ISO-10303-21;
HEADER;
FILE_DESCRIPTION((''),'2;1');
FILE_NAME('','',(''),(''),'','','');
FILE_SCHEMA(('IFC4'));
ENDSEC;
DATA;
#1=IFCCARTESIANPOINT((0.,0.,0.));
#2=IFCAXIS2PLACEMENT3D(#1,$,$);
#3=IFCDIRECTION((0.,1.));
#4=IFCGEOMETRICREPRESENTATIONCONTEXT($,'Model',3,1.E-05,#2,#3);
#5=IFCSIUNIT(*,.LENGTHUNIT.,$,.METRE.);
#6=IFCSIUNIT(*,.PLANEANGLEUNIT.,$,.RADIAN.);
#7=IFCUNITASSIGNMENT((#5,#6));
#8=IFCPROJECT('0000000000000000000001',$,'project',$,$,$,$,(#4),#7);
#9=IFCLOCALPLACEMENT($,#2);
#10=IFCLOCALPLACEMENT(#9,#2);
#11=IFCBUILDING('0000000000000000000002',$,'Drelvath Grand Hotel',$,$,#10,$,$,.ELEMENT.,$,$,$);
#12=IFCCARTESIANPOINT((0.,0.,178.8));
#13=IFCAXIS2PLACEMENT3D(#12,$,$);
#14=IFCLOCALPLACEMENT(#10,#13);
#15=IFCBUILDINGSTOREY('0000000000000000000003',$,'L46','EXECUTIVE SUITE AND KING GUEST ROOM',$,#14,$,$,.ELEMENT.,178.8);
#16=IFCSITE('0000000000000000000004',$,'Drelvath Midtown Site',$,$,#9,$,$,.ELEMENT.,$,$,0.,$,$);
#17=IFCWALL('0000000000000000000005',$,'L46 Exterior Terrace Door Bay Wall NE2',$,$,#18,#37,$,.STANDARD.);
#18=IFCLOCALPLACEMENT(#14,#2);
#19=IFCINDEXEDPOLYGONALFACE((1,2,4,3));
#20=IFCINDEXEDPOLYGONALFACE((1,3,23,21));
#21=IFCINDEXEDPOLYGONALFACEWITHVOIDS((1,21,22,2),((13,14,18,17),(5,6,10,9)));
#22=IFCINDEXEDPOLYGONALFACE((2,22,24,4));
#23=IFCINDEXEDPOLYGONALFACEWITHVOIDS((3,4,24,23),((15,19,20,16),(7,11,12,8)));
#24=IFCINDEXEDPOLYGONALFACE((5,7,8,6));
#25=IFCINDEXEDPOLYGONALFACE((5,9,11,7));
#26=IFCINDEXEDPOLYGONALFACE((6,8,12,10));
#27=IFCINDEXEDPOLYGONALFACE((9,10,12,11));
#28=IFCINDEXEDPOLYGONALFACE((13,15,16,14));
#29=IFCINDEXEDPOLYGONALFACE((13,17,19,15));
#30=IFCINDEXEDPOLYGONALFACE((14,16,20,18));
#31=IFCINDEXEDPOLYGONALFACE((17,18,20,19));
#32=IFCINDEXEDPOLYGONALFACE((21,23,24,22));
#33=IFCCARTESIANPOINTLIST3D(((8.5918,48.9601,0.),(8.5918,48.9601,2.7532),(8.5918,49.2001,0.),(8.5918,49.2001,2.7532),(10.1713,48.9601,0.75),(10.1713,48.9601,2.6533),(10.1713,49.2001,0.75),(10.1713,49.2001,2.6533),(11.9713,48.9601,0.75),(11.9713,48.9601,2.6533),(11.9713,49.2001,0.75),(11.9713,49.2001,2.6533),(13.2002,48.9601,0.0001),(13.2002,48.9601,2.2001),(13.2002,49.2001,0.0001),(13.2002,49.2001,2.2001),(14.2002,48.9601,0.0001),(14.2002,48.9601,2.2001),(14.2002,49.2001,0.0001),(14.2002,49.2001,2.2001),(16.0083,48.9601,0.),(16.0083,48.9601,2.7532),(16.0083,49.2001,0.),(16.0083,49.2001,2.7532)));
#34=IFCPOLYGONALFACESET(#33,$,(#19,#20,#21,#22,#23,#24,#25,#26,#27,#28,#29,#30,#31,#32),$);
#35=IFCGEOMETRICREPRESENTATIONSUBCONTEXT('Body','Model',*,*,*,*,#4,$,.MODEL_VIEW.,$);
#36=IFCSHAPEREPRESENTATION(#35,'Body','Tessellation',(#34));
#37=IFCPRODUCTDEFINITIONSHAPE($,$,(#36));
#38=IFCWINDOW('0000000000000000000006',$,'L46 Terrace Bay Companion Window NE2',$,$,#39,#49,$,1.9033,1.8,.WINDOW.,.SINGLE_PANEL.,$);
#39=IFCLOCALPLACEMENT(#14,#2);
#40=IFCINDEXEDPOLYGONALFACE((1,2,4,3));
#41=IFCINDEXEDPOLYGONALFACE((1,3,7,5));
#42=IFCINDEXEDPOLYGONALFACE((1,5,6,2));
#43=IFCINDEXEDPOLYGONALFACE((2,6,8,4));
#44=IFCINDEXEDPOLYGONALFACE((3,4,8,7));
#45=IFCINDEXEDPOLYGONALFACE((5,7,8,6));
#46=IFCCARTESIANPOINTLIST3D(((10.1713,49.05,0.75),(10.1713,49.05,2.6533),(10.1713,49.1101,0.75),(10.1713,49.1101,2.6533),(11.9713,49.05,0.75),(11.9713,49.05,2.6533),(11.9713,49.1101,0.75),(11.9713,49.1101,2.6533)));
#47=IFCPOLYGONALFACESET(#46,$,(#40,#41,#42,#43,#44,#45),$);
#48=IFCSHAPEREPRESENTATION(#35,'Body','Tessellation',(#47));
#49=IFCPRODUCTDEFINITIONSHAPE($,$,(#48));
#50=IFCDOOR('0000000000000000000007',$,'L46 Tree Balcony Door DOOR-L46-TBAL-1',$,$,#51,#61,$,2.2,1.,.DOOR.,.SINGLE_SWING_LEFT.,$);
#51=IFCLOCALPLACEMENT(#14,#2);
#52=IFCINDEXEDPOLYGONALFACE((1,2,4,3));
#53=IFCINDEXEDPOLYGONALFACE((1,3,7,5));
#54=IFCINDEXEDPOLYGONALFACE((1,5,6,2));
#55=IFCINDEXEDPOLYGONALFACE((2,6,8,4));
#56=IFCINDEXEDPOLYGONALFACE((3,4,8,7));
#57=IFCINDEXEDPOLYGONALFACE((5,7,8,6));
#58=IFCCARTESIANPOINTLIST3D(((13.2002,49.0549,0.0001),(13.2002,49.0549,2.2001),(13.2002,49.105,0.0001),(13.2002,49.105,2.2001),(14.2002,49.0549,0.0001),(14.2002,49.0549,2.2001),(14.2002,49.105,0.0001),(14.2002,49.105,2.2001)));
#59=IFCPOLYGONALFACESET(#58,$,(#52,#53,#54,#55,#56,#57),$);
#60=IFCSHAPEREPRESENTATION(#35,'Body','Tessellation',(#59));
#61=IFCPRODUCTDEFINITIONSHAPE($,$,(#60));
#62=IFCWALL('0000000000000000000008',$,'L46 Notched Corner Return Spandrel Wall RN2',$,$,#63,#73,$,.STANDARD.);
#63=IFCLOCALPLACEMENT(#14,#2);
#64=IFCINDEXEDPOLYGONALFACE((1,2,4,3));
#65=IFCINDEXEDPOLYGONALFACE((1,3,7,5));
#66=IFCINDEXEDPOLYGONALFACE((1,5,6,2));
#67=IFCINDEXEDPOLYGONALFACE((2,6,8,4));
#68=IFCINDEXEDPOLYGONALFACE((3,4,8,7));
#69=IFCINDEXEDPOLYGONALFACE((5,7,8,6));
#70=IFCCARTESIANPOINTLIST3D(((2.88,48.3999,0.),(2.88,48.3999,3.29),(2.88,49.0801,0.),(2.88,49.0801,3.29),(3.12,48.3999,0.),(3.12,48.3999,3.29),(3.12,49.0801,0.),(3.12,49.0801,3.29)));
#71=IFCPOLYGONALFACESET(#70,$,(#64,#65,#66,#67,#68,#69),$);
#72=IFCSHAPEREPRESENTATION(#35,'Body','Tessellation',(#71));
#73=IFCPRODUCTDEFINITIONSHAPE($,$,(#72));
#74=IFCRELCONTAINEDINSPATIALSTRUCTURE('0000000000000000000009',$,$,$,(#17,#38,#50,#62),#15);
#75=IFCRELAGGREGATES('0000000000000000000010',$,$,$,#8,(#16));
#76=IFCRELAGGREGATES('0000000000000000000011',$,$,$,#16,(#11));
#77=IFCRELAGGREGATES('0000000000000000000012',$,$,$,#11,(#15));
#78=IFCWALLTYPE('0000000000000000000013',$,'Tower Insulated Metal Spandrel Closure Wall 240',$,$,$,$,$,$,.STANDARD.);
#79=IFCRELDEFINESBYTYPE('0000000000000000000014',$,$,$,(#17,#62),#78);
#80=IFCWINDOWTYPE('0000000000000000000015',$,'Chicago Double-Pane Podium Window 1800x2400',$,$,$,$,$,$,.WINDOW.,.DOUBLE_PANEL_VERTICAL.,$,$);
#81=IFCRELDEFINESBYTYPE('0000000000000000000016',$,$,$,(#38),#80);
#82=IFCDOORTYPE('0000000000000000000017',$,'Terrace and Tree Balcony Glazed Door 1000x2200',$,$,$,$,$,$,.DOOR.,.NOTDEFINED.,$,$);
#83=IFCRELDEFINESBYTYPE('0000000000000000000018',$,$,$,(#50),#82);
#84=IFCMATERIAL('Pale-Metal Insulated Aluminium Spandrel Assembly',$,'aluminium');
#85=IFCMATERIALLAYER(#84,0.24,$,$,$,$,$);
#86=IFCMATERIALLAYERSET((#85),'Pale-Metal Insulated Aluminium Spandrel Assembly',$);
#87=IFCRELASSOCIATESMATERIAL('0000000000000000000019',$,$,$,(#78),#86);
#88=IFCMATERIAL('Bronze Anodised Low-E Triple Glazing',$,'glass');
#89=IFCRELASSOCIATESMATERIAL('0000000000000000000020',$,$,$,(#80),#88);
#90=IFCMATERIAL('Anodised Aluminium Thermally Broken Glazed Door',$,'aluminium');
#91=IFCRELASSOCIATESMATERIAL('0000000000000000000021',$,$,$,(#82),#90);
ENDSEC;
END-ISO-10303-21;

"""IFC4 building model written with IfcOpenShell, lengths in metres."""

from ifc_helpers import new_model, si_unit, direction, frame, frame_2d, origin, place, context, subcontext, project, spatial, rectangle, extrude, material, layer, layer_set, type_object, element, fill, save


model = new_model("IFC4")

# Units and contexts
model_context = context("Model", 3, precision=1e-05, world=origin(), true_north=direction((0.0, 1.0)))
body_context = subcontext(model_context, "Body", "Model", "MODEL_VIEW")
ifc_project = project(units=[si_unit("LENGTHUNIT", "METRE"), si_unit("PLANEANGLEUNIT", "RADIAN")], contexts=[model_context])

# Site, building, storey
site_placement = place(None, origin())
site = spatial("IfcSite", under=ifc_project, at=site_placement, Name="Drelvath Midtown Site", CompositionType="ELEMENT", RefElevation=0.0)
building_placement = place(site_placement, origin())
building = spatial("IfcBuilding", under=site, at=building_placement, Name="Drelvath Grand Hotel", CompositionType="ELEMENT")
storey_placement = place(building_placement, frame((0.0, 0.0, 178.8)))
storey = spatial("IfcBuildingStorey", under=building, at=storey_placement, Name="L46", Description="EXECUTIVE SUITE AND KING GUEST ROOM", CompositionType="ELEMENT", Elevation=178.8)

# Wall, openings, window, door
ifc_material_1 = material(Name="Pale-Metal Insulated Aluminium Spandrel Assembly", Category="aluminium")
ifc_layer_1 = layer(ifc_material_1, 0.24)
ifc_layer_set_1 = layer_set([ifc_layer_1], Name="Pale-Metal Insulated Aluminium Spandrel Assembly")
wall_type_1 = type_object("IfcWallType", Name="Tower Insulated Metal Spandrel Closure Wall 240", PredefinedType="STANDARD", material=ifc_layer_set_1)
wall_1_placement = place(storey_placement, frame((8.5918, 49.0801, 0.0), z_axis=(0.0, 0.0, 1.0), x_axis=(1.0, 0.0, 0.0)))
wall_1 = element("IfcWall", 1, at=wall_1_placement, inside=storey, type_object=wall_type_1, Name="L46 Exterior Terrace Door Bay Wall NE2", PredefinedType="STANDARD", context=body_context, shape_type="SweptSolid", body=[
    extrude(rectangle(XDim=7.4165, YDim=0.24, at=frame_2d((3.7083, 0.0))), origin(), (0.0, 0.0, 1.0), 2.7532),
])
opening_1_placement = place(wall_1_placement, frame((4.6084, 0.0, 0.0)))
opening_1 = element("IfcOpeningElement", 2, at=opening_1_placement, cuts=wall_1, PredefinedType="OPENING", context=body_context, shape_type="SweptSolid", body=[
    extrude(rectangle(XDim=1.0, YDim=2.2, at=frame_2d((0.5, 1.1001))), frame((0.0, 0.1299, 0.0), z_axis=(0.0, -1.0, 0.0), x_axis=(1.0, 0.0, 0.0)), (0.0, 0.0, 1.0), 0.26),
])
opening_2_placement = place(wall_1_placement, frame((1.5796, 0.0, 0.75)))
opening_2 = element("IfcOpeningElement", 3, at=opening_2_placement, cuts=wall_1, PredefinedType="OPENING", context=body_context, shape_type="SweptSolid", body=[
    extrude(rectangle(XDim=1.8, YDim=1.9033, at=frame_2d((0.8999, 0.9517))), frame((0.0, 0.1299, 0.0), z_axis=(0.0, -1.0, 0.0), x_axis=(1.0, 0.0, 0.0)), (0.0, 0.0, 1.0), 0.26),
])
ifc_material_2 = material(Name="Bronze Anodised Low-E Triple Glazing", Category="glass")
window_type = type_object("IfcWindowType", Name="Chicago Double-Pane Podium Window 1800x2400", PartitioningType="DOUBLE_PANEL_VERTICAL", PredefinedType="WINDOW", material=ifc_material_2)
window_placement = place(opening_2_placement, origin())
window = element("IfcWindow", 4, at=window_placement, inside=storey, type_object=window_type, Name="L46 Terrace Bay Companion Window NE2", OverallHeight=1.9033, OverallWidth=1.8, PartitioningType="SINGLE_PANEL", PredefinedType="WINDOW", context=body_context, shape_type="SweptSolid", body=[
    extrude(rectangle(XDim=1.8, YDim=1.9033, at=frame_2d((0.8999, 0.9517))), frame((0.0, 0.03, 0.0), z_axis=(0.0, -1.0, 0.0), x_axis=(1.0, 0.0, 0.0)), (0.0, 0.0, 1.0), 0.0601),
])
fill(opening_2, window)
ifc_material_3 = material(Name="Anodised Aluminium Thermally Broken Glazed Door", Category="aluminium")
door_type_1 = type_object("IfcDoorType", Name="Terrace and Tree Balcony Glazed Door 1000x2200", OperationType="NOTDEFINED", PredefinedType="DOOR", material=ifc_material_3)
door_1_placement = place(opening_1_placement, origin())
door_1 = element("IfcDoor", 5, at=door_1_placement, inside=storey, type_object=door_type_1, Name="L46 Tree Balcony Door DOOR-L46-TBAL-1", OperationType="SINGLE_SWING_LEFT", OverallHeight=2.2, OverallWidth=1.0, PredefinedType="DOOR", context=body_context, shape_type="SweptSolid", body=[
    extrude(rectangle(XDim=1.0, YDim=2.2, at=frame_2d((0.5, 1.1001))), frame((0.0, 0.0249, 0.0), z_axis=(0.0, -1.0, 0.0), x_axis=(1.0, 0.0, 0.0)), (0.0, 0.0, 1.0), 0.05),
])
fill(opening_1, door_1)

# Wall
wall_2_placement = place(storey_placement, frame((3.0, 48.3999, 0.0), z_axis=(0.0, 0.0, 1.0), x_axis=(0.0, 1.0, 0.0)))
element("IfcWall", 6, at=wall_2_placement, inside=storey, type_object=wall_type_1, Name="L46 Notched Corner Return Spandrel Wall RN2", PredefinedType="STANDARD", context=body_context, shape_type="SweptSolid", body=[
    extrude(rectangle(XDim=0.6802, YDim=0.24, at=frame_2d((0.3401, 0.0))), origin(), (0.0, 0.0, 1.0), 3.29),
])

save(model, "model.ifc")
